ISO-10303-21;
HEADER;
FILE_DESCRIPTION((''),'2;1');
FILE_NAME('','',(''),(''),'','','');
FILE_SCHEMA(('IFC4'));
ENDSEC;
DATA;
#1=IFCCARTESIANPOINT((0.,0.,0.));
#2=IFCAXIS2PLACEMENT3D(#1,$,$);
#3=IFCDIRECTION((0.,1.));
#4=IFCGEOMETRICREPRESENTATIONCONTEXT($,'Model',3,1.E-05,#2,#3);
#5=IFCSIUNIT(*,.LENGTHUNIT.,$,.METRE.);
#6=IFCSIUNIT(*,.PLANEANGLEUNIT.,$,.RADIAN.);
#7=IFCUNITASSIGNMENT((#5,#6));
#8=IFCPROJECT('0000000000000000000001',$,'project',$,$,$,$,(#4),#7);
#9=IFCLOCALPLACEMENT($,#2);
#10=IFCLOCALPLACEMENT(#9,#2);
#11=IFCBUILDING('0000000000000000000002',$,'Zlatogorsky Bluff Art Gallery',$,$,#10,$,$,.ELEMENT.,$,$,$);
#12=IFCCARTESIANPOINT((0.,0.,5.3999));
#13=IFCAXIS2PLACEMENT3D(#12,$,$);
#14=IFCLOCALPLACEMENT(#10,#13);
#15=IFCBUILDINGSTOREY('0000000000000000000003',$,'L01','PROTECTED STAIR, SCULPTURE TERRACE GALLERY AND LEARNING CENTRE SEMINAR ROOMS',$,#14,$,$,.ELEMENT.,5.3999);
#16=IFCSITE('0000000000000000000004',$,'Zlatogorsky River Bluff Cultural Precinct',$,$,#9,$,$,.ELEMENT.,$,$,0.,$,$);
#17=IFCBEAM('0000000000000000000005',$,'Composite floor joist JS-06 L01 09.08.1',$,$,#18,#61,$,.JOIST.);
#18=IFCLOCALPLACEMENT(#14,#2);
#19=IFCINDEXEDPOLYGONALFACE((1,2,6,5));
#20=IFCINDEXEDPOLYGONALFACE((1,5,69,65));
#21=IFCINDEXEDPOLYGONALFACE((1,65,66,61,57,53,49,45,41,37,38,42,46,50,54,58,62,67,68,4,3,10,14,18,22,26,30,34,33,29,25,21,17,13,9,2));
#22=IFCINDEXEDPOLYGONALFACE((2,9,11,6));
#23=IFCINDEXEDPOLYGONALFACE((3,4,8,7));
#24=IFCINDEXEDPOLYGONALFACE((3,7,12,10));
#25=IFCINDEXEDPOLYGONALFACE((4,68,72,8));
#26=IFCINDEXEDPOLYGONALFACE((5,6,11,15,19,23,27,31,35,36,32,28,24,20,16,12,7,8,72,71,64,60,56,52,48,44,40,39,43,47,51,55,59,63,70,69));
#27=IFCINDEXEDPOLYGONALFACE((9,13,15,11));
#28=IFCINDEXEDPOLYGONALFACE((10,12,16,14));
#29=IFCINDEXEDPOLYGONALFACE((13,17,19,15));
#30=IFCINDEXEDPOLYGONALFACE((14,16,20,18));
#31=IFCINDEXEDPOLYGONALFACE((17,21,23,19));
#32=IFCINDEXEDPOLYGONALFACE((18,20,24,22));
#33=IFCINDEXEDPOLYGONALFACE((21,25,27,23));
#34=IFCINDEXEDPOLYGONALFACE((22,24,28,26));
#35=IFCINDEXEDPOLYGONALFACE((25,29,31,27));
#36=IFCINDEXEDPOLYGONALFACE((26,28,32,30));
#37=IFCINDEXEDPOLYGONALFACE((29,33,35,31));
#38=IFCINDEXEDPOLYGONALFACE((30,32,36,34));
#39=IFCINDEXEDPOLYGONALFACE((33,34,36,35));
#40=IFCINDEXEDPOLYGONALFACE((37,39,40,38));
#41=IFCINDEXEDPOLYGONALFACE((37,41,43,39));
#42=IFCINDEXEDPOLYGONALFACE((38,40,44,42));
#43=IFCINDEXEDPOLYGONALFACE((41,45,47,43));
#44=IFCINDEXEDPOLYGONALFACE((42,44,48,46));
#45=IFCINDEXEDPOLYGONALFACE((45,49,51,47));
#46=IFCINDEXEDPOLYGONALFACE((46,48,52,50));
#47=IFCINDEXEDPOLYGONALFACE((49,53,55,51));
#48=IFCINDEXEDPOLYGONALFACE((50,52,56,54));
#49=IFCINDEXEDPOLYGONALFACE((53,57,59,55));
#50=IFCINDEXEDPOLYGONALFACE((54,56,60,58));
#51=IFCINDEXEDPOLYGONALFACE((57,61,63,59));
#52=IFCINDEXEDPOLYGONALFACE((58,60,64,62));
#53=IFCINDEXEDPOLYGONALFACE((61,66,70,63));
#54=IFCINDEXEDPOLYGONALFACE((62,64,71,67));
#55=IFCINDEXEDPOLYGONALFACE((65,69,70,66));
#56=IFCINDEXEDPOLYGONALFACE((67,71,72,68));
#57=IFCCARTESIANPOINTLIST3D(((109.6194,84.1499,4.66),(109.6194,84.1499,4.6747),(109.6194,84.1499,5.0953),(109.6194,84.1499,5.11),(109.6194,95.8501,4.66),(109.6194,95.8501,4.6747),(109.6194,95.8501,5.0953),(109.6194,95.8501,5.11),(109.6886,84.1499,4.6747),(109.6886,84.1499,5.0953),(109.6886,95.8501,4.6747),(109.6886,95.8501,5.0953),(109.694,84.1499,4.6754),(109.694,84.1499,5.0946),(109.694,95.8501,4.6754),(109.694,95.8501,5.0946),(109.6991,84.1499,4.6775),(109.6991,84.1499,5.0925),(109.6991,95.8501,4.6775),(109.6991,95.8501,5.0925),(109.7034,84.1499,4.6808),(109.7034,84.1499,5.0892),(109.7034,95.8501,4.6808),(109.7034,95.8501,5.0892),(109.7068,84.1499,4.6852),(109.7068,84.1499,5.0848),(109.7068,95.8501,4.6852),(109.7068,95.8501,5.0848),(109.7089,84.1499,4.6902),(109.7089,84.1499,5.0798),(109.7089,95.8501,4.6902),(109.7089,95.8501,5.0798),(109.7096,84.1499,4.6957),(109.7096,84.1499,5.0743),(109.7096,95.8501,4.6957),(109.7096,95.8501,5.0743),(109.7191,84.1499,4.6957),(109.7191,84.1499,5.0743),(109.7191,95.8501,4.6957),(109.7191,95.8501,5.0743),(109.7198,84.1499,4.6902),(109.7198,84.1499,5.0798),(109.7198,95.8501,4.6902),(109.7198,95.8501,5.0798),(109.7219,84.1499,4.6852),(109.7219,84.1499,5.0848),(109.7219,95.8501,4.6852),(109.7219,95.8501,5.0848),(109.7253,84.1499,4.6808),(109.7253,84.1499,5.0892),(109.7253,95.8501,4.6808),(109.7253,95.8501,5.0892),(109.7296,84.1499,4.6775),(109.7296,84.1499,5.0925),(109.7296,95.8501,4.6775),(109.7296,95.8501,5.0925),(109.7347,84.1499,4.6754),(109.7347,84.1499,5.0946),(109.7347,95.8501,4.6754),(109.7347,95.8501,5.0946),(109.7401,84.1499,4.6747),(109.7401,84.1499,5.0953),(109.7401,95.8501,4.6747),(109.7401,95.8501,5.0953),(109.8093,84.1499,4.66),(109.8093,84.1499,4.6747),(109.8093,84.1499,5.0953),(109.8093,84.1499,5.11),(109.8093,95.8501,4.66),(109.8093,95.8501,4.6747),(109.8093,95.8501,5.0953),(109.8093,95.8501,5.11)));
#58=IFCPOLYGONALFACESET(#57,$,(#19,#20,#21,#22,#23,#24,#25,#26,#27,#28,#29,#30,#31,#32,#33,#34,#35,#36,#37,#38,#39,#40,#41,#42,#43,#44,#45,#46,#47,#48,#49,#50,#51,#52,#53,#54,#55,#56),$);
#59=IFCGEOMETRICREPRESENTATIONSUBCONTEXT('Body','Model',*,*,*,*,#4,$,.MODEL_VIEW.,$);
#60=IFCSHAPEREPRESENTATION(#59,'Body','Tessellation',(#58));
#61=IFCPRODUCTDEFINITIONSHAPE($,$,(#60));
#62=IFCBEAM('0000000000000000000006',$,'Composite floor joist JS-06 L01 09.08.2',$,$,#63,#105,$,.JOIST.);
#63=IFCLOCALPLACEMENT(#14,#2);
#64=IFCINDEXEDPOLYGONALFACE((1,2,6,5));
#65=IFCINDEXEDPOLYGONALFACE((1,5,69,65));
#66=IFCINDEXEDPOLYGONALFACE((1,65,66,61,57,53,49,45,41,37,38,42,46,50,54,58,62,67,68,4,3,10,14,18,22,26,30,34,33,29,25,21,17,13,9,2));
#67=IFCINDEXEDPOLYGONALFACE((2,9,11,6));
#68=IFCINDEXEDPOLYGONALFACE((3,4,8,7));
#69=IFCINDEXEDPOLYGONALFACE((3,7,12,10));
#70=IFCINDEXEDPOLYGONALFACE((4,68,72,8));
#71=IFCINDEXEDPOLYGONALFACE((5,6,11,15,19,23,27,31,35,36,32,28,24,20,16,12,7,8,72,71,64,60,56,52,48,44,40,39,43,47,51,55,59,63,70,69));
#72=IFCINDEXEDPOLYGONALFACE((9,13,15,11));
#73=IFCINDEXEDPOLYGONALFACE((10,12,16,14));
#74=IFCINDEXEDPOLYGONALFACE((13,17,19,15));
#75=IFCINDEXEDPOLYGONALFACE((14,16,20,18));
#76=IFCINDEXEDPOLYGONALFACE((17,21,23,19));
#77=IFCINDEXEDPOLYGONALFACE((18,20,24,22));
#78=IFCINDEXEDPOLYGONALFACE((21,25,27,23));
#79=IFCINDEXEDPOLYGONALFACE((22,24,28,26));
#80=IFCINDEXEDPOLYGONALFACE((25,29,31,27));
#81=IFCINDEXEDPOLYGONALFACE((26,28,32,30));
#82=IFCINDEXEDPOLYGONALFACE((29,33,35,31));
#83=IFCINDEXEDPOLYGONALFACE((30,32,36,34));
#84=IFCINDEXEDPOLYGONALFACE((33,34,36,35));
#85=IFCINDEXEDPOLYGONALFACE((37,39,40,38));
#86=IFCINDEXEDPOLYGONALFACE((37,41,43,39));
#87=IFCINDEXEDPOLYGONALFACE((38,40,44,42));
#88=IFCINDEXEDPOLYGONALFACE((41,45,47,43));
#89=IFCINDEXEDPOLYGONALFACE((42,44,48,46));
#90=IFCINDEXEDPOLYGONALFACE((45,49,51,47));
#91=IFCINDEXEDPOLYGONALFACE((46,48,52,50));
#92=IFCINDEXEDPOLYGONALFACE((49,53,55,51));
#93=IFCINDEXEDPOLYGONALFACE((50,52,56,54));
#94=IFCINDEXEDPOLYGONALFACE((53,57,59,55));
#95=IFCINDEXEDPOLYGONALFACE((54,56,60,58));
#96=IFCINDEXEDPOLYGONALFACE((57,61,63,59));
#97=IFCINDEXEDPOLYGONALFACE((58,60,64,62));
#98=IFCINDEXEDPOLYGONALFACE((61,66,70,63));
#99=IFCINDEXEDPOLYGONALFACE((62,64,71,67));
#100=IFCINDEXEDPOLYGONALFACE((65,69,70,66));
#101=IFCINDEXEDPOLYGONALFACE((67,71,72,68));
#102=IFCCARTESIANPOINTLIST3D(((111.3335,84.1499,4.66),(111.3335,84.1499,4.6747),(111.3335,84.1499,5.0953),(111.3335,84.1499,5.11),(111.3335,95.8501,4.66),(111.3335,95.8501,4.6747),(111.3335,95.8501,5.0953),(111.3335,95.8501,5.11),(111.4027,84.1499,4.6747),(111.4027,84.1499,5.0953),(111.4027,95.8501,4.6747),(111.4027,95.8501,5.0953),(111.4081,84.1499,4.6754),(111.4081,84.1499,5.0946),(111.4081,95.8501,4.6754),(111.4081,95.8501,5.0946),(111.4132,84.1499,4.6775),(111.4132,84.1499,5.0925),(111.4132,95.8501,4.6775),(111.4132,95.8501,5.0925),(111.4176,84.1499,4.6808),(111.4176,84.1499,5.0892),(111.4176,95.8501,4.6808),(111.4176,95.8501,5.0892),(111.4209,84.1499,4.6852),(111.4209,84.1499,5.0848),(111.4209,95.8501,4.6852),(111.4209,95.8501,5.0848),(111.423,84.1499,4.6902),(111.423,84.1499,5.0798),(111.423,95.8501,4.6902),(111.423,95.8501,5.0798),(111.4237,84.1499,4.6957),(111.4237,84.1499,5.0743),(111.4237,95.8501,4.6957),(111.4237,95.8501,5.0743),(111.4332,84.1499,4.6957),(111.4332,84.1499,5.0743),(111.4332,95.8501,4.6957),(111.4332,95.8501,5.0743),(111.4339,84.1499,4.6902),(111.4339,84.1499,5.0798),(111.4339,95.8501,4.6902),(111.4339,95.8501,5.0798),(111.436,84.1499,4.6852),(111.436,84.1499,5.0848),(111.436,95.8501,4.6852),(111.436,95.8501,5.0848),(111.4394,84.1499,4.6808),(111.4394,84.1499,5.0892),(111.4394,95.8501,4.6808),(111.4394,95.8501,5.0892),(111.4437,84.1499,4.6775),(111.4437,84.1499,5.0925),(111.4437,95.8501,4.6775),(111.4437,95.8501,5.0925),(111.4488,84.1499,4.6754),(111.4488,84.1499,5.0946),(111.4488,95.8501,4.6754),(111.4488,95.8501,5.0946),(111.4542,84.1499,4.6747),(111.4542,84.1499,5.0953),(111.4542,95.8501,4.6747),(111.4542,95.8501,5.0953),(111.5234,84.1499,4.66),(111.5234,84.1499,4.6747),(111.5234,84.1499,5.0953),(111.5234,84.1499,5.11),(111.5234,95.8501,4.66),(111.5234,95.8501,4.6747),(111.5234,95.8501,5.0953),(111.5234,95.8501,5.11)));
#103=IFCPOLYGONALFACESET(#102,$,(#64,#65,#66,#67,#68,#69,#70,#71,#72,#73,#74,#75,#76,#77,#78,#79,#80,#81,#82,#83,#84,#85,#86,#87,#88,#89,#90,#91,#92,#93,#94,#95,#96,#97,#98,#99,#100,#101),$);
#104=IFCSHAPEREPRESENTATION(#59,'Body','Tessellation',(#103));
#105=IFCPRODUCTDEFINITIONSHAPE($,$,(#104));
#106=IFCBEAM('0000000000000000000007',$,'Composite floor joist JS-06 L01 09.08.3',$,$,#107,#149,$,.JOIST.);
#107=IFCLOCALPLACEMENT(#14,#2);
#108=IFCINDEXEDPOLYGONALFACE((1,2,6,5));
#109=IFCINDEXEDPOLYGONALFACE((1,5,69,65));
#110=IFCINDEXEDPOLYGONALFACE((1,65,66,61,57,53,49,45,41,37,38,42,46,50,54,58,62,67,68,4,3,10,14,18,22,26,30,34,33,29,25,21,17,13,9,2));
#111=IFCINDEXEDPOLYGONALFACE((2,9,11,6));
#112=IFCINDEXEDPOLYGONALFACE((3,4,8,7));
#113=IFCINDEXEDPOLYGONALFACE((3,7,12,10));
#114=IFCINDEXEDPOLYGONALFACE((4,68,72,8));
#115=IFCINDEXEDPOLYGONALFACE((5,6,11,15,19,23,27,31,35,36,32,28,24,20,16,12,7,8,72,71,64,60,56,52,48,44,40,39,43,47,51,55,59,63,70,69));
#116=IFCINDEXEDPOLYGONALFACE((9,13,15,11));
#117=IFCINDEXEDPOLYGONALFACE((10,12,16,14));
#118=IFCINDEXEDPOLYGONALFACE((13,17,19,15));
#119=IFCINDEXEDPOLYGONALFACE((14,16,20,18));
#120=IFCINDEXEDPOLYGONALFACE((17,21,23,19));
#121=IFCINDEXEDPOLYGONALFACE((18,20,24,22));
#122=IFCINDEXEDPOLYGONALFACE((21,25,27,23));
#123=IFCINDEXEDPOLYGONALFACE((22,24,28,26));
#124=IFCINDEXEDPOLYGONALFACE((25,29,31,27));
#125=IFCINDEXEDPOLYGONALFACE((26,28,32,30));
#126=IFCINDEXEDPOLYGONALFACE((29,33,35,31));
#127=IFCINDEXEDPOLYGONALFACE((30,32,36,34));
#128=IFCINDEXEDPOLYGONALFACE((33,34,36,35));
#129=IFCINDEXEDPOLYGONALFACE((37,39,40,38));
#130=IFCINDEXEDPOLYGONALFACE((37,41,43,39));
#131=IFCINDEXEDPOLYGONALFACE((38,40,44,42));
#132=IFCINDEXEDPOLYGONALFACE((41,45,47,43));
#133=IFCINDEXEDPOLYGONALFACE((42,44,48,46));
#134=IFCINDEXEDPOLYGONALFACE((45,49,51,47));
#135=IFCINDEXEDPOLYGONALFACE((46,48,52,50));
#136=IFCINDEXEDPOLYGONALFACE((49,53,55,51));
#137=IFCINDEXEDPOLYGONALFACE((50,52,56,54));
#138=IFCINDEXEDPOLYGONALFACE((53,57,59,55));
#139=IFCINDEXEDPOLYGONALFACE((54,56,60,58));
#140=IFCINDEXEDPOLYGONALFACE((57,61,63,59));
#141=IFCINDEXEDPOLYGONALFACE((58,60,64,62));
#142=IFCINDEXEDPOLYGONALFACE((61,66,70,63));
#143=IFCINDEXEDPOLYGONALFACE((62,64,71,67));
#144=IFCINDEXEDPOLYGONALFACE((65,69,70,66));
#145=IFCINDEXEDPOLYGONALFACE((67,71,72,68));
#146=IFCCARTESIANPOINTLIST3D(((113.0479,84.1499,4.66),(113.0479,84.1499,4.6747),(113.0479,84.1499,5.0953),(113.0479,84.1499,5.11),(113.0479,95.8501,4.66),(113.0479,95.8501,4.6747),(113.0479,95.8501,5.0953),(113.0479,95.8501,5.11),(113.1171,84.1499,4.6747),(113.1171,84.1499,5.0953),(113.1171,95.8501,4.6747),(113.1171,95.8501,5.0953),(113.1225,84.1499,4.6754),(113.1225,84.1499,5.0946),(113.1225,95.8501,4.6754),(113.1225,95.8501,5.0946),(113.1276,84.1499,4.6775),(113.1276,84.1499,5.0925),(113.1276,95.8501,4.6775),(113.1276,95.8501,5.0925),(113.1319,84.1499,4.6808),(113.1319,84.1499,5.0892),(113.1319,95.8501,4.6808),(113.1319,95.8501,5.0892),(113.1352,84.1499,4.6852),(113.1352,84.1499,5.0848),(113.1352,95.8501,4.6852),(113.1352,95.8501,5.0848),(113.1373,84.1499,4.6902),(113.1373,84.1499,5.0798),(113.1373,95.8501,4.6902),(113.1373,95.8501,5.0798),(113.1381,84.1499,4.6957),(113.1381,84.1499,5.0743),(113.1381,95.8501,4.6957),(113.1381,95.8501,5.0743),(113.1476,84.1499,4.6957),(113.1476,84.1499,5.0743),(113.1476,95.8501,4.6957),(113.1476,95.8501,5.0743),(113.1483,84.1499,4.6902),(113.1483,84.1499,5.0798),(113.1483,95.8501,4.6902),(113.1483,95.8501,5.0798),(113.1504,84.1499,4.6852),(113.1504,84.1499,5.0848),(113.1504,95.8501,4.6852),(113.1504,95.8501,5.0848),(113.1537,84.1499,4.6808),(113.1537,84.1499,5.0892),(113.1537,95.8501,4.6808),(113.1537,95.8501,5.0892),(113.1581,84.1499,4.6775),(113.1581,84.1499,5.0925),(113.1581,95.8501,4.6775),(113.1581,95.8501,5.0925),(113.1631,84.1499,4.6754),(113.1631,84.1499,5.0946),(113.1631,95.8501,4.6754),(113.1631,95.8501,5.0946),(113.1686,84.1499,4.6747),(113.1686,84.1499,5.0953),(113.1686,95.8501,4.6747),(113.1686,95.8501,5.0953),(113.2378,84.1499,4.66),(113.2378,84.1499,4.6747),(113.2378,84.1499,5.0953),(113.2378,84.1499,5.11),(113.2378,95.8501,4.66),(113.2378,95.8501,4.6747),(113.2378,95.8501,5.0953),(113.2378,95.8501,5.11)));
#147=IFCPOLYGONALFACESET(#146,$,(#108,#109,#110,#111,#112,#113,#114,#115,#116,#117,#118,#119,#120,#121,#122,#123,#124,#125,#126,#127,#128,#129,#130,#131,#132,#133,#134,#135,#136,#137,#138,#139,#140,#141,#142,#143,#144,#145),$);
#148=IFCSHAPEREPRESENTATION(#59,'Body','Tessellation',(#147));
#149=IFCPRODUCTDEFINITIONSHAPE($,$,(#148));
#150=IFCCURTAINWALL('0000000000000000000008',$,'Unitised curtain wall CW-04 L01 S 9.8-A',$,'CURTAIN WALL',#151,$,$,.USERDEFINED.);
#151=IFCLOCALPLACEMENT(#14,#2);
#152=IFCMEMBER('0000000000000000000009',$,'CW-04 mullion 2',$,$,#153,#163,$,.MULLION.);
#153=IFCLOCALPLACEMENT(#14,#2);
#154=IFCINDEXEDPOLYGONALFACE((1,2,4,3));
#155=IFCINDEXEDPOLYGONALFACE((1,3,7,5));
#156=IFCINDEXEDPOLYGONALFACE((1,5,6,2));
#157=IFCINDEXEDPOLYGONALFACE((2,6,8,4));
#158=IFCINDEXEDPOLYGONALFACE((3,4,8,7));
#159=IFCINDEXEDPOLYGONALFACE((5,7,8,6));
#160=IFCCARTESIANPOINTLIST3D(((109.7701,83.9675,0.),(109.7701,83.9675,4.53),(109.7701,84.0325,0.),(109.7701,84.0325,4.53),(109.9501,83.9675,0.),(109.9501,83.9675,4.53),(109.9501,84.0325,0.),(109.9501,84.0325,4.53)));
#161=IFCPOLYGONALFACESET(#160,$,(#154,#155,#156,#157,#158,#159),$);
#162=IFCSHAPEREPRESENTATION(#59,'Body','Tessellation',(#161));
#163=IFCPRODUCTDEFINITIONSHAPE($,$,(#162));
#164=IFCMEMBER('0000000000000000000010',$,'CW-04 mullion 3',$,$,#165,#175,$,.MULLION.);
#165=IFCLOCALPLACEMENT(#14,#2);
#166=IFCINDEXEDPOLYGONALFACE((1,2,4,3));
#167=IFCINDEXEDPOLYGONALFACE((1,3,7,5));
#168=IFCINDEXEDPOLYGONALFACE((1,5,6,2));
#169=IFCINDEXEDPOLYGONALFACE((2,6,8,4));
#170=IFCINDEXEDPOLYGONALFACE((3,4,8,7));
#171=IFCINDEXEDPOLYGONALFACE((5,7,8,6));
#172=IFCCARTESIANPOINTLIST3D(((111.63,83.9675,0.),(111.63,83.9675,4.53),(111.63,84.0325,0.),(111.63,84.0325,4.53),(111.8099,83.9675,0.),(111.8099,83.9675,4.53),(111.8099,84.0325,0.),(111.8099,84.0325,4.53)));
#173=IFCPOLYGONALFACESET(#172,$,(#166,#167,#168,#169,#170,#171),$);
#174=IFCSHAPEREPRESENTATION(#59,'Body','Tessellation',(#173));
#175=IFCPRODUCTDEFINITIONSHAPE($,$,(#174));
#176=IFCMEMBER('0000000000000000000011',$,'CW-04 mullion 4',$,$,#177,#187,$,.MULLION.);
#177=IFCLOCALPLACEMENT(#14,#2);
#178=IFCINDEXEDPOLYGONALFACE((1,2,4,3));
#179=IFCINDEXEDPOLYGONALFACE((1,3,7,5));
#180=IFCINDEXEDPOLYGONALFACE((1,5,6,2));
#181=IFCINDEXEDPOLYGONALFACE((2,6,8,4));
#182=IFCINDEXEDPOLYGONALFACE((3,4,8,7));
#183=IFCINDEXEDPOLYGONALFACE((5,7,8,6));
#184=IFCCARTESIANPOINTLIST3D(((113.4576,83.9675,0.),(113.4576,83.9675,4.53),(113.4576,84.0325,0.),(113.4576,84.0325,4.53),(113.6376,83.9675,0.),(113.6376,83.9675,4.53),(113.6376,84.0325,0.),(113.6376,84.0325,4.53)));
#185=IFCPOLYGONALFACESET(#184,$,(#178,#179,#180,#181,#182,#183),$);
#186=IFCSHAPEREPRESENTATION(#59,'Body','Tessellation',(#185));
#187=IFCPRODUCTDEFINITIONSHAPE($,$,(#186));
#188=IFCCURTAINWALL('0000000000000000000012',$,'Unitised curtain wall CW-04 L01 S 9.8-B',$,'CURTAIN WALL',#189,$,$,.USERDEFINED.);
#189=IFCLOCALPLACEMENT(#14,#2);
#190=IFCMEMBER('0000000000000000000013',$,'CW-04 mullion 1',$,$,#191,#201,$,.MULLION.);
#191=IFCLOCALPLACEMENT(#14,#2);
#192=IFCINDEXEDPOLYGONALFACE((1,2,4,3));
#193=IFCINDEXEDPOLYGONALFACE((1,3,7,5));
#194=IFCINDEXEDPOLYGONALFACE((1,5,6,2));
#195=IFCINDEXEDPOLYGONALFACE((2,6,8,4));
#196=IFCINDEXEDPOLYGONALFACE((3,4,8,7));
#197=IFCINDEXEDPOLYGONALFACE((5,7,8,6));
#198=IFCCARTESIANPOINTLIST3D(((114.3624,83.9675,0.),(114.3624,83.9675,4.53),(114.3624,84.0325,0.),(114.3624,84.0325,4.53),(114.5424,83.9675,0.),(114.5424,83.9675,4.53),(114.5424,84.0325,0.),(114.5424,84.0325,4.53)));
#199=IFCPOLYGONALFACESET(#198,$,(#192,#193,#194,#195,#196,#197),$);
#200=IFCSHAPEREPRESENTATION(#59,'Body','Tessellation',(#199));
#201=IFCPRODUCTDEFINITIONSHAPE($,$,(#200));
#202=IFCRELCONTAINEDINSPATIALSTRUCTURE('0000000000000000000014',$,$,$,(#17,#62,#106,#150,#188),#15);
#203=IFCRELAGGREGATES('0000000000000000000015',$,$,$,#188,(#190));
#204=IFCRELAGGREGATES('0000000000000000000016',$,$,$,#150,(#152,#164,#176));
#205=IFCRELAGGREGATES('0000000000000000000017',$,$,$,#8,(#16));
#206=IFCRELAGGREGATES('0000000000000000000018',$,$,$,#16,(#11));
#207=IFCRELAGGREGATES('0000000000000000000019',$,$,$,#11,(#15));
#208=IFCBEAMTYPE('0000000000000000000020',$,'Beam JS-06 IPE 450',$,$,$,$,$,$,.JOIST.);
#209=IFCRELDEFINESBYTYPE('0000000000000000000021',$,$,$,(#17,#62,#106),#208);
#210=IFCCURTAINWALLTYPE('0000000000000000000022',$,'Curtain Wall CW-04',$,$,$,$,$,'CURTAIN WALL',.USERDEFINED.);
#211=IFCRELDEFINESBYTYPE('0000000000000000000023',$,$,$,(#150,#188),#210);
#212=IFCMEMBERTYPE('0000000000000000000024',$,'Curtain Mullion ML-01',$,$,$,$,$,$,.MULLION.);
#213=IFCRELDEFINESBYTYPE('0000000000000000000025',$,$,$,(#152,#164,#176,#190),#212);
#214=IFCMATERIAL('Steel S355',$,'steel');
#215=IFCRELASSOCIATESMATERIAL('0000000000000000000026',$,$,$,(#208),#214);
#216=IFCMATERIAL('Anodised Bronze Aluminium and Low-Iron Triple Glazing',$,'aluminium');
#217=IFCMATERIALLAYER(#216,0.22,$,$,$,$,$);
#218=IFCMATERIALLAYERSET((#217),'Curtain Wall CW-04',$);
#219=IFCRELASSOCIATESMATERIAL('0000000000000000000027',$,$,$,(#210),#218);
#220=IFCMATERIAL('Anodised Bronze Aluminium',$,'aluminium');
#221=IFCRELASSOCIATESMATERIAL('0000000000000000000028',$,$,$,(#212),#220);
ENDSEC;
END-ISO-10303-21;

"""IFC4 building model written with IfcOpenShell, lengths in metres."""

from ifc_helpers import new_model, si_unit, direction, frame, origin, origin_2d, place, context, subcontext, project, spatial, rectangle, i_section, extrude, material, layer, layer_set, material_profile, profile_set, type_object, element, aggregate, save


model = new_model("IFC4")

# Units and contexts
model_context = context("Model", 3, precision=1e-05, world=origin(), true_north=direction((0.0, 1.0)))
body_context = subcontext(model_context, "Body", "Model", "MODEL_VIEW")
ifc_project = project(units=[si_unit("LENGTHUNIT", "METRE"), si_unit("PLANEANGLEUNIT", "RADIAN")], contexts=[model_context])

# Site, building, storey
site_placement = place(None, origin())
site = spatial("IfcSite", under=ifc_project, at=site_placement, Name="Zlatogorsky River Bluff Cultural Precinct", CompositionType="ELEMENT", RefElevation=0.0)
building_placement = place(site_placement, origin())
building = spatial("IfcBuilding", under=site, at=building_placement, Name="Zlatogorsky Bluff Art Gallery", CompositionType="ELEMENT")
storey_placement = place(building_placement, frame((0.0, 0.0, 5.3999)))
storey = spatial("IfcBuildingStorey", under=building, at=storey_placement, Name="L01", Description="PROTECTED STAIR, SCULPTURE TERRACE GALLERY AND LEARNING CENTRE SEMINAR ROOMS", CompositionType="ELEMENT", Elevation=5.3999)

# Beams
ifc_material_1 = material(Name="Steel S355", Category="steel")
ifc_material_profile_1 = material_profile(ifc_material_1, i_section(OverallWidth=0.1899, OverallDepth=0.45, WebThickness=0.0095, FlangeThickness=0.0146, FilletRadius=0.021, at=origin_2d()), Name="IPE 450")
ifc_profile_set_1 = profile_set([ifc_material_profile_1], Name="Steel S355")
beam_type = type_object("IfcBeamType", Name="Beam JS-06 IPE 450", PredefinedType="JOIST", material=ifc_profile_set_1)
for number, where, z_axis, x_axis, name in (
    (1, (109.7144, 84.1499, 4.885), (0.0, 1.0, 0.0), (-1.0, 0.0, 0.0), "Composite floor joist JS-06 L01 09.08.1"),
    (2, (111.4285, 84.1499, 4.885), (0.0, 1.0, 0.0), (-1.0, 0.0, 0.0), "Composite floor joist JS-06 L01 09.08.2"),
    (3, (113.1428, 84.1499, 4.885), (0.0, 1.0, 0.0), (-1.0, 0.0, 0.0), "Composite floor joist JS-06 L01 09.08.3"),
):
    element("IfcBeam", number, at=place(storey_placement, frame(where, z_axis=z_axis, x_axis=x_axis)), inside=storey, type_object=beam_type, Name=name, PredefinedType="JOIST", context=body_context, shape_type="SweptSolid", body=[
        extrude(i_section(OverallWidth=0.1899, OverallDepth=0.45, WebThickness=0.0095, FlangeThickness=0.0146, FilletRadius=0.021, at=origin_2d()), origin(), (0.0, 0.0, 1.0), 11.7002),
    ])

# Curtain wall, members
ifc_material_2 = material(Name="Anodised Bronze Aluminium and Low-Iron Triple Glazing", Category="aluminium")
ifc_layer_1 = layer(ifc_material_2, 0.22)
ifc_layer_set_1 = layer_set([ifc_layer_1], Name="Curtain Wall CW-04")
curtain_wall_type = type_object("IfcCurtainWallType", Name="Curtain Wall CW-04", ElementType="CURTAIN WALL", PredefinedType="USERDEFINED", material=ifc_layer_set_1)
curtain_wall_1_placement = place(storey_placement, origin())
curtain_wall_1 = element("IfcCurtainWall", 4, at=curtain_wall_1_placement, inside=storey, type_object=curtain_wall_type, Name="Unitised curtain wall CW-04 L01 S 9.8-A", ObjectType="CURTAIN WALL", PredefinedType="USERDEFINED")
ifc_material_3 = material(Name="Anodised Bronze Aluminium", Category="aluminium")
ifc_material_profile_2 = material_profile(ifc_material_3, rectangle(XDim=0.0649, YDim=0.1799, at=origin_2d()), Name="ALU MULLION 65x180")
ifc_profile_set_2 = profile_set([ifc_material_profile_2], Name="Anodised Bronze Aluminium")
member_type_1 = type_object("IfcMemberType", Name="Curtain Mullion ML-01", PredefinedType="MULLION", material=ifc_profile_set_2)
member_1_placement = place(storey_placement, frame((109.8601, 84.0, 0.0), z_axis=(0.0, 0.0, 1.0), x_axis=(0.0, 1.0, 0.0)))
member_1 = element("IfcMember", 5, at=member_1_placement, type_object=member_type_1, Name="CW-04 mullion 2", PredefinedType="MULLION", context=body_context, shape_type="SweptSolid", body=[
    extrude(rectangle(XDim=0.0649, YDim=0.1799, at=origin_2d()), origin(), (0.0, 0.0, 1.0), 4.53),
])
member_2_placement = place(storey_placement, frame((111.72, 84.0, 0.0), z_axis=(0.0, 0.0, 1.0), x_axis=(0.0, 1.0, 0.0)))
member_2 = element("IfcMember", 6, at=member_2_placement, type_object=member_type_1, Name="CW-04 mullion 3", PredefinedType="MULLION", context=body_context, shape_type="SweptSolid", body=[
    extrude(rectangle(XDim=0.0649, YDim=0.1799, at=origin_2d()), origin(), (0.0, 0.0, 1.0), 4.53),
])
member_3_placement = place(storey_placement, frame((113.5476, 84.0, 0.0), z_axis=(0.0, 0.0, 1.0), x_axis=(0.0, 1.0, 0.0)))
member_3 = element("IfcMember", 7, at=member_3_placement, type_object=member_type_1, Name="CW-04 mullion 4", PredefinedType="MULLION", context=body_context, shape_type="SweptSolid", body=[
    extrude(rectangle(XDim=0.0649, YDim=0.1799, at=origin_2d()), origin(), (0.0, 0.0, 1.0), 4.53),
])

# Curtain wall, member
curtain_wall_2_placement = place(storey_placement, origin())
curtain_wall_2 = element("IfcCurtainWall", 8, at=curtain_wall_2_placement, inside=storey, type_object=curtain_wall_type, Name="Unitised curtain wall CW-04 L01 S 9.8-B", ObjectType="CURTAIN WALL", PredefinedType="USERDEFINED")
member_4_placement = place(storey_placement, frame((114.4524, 84.0, 0.0), z_axis=(0.0, 0.0, 1.0), x_axis=(0.0, 1.0, 0.0)))
member_4 = element("IfcMember", 9, at=member_4_placement, type_object=member_type_1, Name="CW-04 mullion 1", PredefinedType="MULLION", context=body_context, shape_type="SweptSolid", body=[
    extrude(rectangle(XDim=0.0649, YDim=0.1799, at=origin_2d()), origin(), (0.0, 0.0, 1.0), 4.53),
])

aggregate(curtain_wall_2, [member_4])

aggregate(curtain_wall_1, [member_1, member_2, member_3])

save(model, "model.ifc")
